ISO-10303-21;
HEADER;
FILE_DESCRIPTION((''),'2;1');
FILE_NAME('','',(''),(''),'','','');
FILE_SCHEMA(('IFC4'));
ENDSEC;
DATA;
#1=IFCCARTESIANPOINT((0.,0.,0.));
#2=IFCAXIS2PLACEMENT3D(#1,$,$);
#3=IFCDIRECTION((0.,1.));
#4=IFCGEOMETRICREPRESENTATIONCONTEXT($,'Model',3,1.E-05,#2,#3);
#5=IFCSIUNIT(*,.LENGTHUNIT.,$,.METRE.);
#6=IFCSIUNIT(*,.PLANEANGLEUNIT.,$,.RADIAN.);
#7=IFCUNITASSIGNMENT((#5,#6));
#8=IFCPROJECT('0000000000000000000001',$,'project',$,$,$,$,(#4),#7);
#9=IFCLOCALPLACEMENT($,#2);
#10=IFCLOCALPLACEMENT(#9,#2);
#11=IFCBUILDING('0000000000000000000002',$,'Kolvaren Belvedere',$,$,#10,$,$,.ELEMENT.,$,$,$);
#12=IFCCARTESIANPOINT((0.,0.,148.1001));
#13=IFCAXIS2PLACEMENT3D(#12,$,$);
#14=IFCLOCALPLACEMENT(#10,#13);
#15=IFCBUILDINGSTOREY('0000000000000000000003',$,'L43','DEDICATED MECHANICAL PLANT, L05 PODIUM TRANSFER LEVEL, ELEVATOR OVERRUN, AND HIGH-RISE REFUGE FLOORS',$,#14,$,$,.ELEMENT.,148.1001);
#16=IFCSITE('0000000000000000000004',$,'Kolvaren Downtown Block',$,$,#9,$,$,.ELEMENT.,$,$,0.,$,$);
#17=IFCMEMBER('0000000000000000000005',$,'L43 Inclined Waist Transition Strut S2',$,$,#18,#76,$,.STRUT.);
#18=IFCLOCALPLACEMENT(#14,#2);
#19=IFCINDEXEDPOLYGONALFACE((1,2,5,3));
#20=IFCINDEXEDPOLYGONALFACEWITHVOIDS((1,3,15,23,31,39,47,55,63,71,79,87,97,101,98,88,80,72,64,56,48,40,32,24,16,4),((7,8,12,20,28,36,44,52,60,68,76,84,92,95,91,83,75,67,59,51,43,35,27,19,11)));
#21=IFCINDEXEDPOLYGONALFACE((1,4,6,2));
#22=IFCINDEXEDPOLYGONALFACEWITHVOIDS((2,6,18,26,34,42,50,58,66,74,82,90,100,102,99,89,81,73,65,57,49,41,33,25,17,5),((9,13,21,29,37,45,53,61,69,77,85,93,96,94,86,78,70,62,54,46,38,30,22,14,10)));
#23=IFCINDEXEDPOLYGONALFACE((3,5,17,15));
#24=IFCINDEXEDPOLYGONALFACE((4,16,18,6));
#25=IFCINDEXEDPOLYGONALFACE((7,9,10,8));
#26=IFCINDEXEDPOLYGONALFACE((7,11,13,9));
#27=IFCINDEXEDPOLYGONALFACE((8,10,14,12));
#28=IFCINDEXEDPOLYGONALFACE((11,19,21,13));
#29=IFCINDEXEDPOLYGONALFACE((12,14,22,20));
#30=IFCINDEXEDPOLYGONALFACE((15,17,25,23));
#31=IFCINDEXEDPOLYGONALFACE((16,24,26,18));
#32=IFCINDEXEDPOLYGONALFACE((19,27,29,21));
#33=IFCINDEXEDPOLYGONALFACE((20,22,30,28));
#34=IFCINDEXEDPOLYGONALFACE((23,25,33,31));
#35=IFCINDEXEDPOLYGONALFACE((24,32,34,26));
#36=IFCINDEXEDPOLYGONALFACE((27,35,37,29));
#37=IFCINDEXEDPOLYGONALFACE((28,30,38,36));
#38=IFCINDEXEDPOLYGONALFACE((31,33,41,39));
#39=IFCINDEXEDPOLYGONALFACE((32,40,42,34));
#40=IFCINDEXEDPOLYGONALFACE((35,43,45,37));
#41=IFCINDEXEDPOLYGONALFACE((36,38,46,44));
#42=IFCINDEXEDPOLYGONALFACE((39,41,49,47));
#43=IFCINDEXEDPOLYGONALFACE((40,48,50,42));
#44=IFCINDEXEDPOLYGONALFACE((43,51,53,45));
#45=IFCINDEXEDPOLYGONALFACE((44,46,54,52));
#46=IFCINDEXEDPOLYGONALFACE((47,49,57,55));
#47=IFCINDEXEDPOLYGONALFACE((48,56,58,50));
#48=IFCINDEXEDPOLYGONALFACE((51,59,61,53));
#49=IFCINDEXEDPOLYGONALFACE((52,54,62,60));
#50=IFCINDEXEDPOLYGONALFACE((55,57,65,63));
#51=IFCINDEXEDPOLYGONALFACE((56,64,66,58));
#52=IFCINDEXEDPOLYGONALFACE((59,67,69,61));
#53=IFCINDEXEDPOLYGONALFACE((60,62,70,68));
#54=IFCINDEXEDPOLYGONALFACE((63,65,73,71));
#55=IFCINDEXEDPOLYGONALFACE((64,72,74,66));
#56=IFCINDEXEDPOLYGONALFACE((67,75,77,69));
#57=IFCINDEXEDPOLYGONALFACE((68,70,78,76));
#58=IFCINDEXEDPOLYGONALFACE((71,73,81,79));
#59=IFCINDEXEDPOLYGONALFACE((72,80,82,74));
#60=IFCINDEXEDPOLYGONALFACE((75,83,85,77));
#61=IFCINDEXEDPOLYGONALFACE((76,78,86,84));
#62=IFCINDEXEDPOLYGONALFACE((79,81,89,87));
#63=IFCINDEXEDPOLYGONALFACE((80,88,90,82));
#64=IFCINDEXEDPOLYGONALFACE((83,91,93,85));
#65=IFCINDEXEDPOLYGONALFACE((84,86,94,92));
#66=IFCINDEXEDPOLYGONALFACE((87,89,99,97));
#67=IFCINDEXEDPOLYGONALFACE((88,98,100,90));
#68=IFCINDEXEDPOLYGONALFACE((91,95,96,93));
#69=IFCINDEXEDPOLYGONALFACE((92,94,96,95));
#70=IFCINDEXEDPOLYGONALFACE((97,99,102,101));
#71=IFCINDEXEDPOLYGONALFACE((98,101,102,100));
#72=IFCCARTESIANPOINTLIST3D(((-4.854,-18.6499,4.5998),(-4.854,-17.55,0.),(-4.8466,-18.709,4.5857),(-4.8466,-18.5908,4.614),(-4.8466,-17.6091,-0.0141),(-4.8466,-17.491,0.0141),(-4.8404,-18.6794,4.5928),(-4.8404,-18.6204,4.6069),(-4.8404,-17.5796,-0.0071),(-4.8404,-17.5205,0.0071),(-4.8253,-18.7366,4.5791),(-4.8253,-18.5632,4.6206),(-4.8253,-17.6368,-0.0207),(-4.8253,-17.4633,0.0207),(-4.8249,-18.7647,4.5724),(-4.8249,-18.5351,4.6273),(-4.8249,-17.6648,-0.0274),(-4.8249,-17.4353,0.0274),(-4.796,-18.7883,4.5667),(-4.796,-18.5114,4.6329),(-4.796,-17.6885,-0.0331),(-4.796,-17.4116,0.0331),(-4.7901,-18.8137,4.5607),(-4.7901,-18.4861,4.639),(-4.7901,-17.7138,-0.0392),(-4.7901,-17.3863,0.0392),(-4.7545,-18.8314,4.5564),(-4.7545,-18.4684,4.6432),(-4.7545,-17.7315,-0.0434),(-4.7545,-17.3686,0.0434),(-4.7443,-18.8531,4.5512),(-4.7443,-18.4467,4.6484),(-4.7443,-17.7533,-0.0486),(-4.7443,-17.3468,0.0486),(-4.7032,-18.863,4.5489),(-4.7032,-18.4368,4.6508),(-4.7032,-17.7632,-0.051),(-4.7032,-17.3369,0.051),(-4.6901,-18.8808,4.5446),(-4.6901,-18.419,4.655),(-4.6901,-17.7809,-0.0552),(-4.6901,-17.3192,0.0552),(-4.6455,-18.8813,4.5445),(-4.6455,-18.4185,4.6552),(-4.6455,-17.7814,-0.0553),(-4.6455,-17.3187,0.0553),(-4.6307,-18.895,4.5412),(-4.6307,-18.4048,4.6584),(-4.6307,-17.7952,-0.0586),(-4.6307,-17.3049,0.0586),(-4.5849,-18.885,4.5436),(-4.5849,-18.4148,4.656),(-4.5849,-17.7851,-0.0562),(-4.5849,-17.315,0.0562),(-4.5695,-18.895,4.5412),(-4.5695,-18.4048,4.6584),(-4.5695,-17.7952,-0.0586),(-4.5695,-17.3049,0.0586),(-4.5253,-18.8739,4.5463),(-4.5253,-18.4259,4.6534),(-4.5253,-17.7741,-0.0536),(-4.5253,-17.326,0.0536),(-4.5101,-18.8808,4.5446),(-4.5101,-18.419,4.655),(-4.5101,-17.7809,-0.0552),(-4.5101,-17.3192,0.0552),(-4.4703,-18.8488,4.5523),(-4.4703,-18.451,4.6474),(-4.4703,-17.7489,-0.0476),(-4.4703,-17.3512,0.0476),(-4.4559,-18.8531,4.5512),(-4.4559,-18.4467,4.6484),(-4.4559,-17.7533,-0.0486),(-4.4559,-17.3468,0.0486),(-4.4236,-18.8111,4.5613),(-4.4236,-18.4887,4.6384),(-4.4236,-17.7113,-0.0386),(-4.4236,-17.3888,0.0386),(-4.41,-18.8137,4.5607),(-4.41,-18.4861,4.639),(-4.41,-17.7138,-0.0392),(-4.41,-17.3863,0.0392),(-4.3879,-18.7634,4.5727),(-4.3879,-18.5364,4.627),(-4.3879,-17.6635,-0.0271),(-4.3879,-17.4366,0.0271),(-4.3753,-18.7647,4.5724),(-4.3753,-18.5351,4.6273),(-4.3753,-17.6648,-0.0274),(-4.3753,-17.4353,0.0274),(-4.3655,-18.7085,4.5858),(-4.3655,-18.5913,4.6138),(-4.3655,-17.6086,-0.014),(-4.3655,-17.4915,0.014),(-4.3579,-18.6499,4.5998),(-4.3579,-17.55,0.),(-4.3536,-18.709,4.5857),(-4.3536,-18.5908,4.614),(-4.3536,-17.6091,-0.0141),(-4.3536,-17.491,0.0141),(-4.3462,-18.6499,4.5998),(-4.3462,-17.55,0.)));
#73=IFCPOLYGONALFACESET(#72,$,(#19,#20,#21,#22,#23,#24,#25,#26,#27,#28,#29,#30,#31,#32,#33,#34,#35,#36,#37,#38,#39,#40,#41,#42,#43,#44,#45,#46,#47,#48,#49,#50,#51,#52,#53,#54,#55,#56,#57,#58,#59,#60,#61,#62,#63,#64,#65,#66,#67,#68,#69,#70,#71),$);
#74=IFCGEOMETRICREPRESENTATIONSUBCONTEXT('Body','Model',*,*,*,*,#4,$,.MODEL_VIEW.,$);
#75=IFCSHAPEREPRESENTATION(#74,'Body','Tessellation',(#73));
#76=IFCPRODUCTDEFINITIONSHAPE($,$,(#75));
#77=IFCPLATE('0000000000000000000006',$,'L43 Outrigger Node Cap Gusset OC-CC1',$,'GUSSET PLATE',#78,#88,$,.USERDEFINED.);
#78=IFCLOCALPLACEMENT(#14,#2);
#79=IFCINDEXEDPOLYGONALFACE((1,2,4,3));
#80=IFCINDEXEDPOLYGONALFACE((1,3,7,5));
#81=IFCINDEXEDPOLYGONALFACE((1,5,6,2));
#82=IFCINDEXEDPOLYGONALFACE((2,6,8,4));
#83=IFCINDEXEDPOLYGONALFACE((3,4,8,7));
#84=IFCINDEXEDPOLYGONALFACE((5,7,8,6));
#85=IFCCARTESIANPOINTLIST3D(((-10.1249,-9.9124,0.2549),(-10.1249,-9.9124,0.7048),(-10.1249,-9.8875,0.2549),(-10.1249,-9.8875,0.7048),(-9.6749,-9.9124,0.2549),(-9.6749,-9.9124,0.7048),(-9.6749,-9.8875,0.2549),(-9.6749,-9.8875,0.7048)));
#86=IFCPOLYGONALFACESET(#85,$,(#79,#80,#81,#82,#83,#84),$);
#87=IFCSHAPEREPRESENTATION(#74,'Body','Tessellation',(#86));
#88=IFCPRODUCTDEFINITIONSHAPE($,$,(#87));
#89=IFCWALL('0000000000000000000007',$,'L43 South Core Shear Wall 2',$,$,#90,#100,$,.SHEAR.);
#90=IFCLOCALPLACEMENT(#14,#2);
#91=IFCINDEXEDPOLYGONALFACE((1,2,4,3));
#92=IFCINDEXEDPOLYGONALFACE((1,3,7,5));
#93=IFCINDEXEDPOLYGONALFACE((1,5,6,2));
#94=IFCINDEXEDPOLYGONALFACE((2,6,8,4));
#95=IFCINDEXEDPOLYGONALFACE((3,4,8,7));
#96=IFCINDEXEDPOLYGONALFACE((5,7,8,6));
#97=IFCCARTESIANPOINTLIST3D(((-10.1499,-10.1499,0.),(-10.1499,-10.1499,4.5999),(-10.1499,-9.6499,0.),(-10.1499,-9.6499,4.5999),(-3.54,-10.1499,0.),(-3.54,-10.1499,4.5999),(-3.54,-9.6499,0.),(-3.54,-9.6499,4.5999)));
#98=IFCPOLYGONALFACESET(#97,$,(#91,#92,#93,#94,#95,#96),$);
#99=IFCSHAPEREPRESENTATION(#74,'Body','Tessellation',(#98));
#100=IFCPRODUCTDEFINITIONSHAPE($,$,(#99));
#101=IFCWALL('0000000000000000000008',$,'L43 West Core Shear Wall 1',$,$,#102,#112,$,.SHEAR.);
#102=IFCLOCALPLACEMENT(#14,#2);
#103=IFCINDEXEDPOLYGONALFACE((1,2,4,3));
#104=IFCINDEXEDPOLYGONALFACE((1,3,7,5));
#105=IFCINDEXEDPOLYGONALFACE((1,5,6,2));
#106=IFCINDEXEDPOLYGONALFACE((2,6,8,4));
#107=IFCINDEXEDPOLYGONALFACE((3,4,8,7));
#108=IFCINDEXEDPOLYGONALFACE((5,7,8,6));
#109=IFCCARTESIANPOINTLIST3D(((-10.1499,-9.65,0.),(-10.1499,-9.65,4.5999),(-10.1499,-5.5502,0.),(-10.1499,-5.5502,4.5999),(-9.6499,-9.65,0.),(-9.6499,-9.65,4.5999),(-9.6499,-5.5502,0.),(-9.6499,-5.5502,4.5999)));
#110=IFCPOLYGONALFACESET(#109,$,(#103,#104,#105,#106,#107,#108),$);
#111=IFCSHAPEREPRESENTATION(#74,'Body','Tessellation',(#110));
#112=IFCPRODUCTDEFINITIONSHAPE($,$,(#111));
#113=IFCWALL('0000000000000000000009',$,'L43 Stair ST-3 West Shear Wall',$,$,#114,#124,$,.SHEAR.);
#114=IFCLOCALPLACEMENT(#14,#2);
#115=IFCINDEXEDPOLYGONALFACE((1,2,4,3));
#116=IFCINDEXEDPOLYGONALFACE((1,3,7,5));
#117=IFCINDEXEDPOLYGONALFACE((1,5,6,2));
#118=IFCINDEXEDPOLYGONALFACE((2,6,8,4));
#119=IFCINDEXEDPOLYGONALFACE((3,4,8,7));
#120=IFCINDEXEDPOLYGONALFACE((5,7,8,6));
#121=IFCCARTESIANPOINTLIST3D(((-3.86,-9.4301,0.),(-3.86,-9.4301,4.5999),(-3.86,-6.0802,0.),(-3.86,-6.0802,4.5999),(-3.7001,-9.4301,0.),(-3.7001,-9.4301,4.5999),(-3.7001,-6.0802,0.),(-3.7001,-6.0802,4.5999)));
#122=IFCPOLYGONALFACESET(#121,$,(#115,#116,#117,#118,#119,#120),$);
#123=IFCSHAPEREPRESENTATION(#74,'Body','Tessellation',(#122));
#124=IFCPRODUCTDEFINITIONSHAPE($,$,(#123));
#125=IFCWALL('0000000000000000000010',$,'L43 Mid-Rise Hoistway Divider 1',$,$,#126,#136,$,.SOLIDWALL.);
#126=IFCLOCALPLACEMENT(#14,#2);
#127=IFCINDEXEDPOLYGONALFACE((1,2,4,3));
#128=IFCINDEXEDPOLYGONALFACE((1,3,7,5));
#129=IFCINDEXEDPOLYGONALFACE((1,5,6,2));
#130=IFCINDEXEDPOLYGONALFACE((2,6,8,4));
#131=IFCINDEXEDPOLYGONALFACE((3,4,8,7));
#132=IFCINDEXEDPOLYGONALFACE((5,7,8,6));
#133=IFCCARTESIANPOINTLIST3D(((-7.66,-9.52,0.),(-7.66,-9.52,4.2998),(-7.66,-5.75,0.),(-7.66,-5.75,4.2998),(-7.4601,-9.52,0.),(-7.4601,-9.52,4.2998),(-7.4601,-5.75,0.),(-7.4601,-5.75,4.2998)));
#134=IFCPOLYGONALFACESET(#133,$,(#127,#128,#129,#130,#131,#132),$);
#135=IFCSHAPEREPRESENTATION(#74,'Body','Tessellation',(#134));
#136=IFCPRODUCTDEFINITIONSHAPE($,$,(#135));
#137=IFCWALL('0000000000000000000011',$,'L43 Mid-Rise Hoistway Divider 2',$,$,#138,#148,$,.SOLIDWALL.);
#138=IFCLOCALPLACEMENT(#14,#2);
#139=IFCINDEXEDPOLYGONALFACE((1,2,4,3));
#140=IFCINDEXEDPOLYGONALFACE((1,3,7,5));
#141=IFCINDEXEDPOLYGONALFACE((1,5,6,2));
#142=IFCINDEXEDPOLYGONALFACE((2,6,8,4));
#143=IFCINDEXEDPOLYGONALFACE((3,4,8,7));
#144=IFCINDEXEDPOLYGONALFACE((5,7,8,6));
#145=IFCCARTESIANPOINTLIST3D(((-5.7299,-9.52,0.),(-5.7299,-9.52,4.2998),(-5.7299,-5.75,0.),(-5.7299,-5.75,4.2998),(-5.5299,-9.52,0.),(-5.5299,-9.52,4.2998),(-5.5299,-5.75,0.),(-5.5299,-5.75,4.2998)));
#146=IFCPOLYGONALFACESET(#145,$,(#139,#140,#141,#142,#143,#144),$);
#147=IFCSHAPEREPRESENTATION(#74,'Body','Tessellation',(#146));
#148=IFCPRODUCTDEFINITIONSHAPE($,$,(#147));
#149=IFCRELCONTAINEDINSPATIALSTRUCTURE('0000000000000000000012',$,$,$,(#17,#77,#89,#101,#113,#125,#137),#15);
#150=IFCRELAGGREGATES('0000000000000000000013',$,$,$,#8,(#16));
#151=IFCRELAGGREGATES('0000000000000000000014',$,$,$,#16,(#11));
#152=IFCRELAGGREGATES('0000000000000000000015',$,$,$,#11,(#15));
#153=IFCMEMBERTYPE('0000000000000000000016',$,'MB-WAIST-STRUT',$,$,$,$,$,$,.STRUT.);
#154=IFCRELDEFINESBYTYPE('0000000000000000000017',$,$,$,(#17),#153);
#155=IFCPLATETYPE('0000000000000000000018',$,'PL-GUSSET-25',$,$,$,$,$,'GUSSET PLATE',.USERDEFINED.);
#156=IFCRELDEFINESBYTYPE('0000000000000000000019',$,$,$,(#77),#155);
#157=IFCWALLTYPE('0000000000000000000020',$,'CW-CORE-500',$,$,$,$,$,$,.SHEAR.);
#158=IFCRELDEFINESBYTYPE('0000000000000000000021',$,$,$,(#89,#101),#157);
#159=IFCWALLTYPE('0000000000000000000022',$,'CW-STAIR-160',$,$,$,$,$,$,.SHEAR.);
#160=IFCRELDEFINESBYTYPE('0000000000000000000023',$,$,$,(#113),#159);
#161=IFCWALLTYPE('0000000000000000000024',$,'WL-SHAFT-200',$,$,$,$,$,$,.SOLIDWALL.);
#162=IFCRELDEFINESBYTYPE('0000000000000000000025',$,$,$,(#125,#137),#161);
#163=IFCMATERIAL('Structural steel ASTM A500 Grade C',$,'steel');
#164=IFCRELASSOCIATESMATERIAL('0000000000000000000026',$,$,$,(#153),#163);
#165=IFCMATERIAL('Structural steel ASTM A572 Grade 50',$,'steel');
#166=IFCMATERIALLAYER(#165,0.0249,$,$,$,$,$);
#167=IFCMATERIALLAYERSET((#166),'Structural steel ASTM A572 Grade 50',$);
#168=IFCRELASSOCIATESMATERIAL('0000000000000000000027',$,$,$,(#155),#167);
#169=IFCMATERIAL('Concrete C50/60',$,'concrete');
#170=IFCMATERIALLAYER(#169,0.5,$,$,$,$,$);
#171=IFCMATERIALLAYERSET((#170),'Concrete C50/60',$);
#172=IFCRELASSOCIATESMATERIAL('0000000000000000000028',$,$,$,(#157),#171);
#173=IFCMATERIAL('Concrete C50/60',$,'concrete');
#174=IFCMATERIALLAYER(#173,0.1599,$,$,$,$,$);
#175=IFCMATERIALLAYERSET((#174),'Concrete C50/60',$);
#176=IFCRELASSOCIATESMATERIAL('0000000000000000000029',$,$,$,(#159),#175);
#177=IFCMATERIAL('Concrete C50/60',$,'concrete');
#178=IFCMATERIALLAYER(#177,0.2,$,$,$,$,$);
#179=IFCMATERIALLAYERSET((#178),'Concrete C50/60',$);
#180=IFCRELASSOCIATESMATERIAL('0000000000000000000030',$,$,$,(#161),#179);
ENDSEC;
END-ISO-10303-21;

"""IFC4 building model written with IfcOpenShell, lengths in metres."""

from ifc_helpers import new_model, si_unit, direction, frame, frame_2d, origin, origin_2d, place, context, subcontext, project, spatial, rectangle, hollow_circle, extrude, material, layer, layer_set, material_profile, profile_set, type_object, element, save


model = new_model("IFC4")

# Units and contexts
model_context = context("Model", 3, precision=1e-05, world=origin(), true_north=direction((0.0, 1.0)))
body_context = subcontext(model_context, "Body", "Model", "MODEL_VIEW")
ifc_project = project(units=[si_unit("LENGTHUNIT", "METRE"), si_unit("PLANEANGLEUNIT", "RADIAN")], contexts=[model_context])

# Site, building, storey
site_placement = place(None, origin())
site = spatial("IfcSite", under=ifc_project, at=site_placement, Name="Kolvaren Downtown Block", CompositionType="ELEMENT", RefElevation=0.0)
building_placement = place(site_placement, origin())
building = spatial("IfcBuilding", under=site, at=building_placement, Name="Kolvaren Belvedere", CompositionType="ELEMENT")
storey_placement = place(building_placement, frame((0.0, 0.0, 148.1001)))
storey = spatial("IfcBuildingStorey", under=building, at=storey_placement, Name="L43", Description="DEDICATED MECHANICAL PLANT, L05 PODIUM TRANSFER LEVEL, ELEVATOR OVERRUN, AND HIGH-RISE REFUGE FLOORS", CompositionType="ELEMENT", Elevation=148.1001)

# Member
ifc_material_1 = material(Name="Structural steel ASTM A500 Grade C", Category="steel")
ifc_material_profile_1 = material_profile(ifc_material_1, hollow_circle(Radius=0.2539, WallThickness=0.0117, at=origin_2d()), Name="HSS20.000X0.500")
ifc_profile_set_1 = profile_set([ifc_material_profile_1], Name="Structural steel ASTM A500 Grade C")
member_type = type_object("IfcMemberType", Name="MB-WAIST-STRUT", PredefinedType="STRUT", material=ifc_profile_set_1)
member_placement = place(storey_placement, frame((-4.6001, -17.55, 0.0), z_axis=(0.0, -0.232551, 0.972584), x_axis=(1.0, 0.0, 0.0)))
element("IfcMember", 1, at=member_placement, inside=storey, type_object=member_type, Name="L43 Inclined Waist Transition Strut S2", PredefinedType="STRUT", context=body_context, shape_type="SweptSolid", body=[
    extrude(hollow_circle(Radius=0.2539, WallThickness=0.0117, at=origin_2d()), origin(), (0.0, 0.0, 1.0), 4.7295),
])

# Plate
ifc_material_2 = material(Name="Structural steel ASTM A572 Grade 50", Category="steel")
ifc_layer_1 = layer(ifc_material_2, 0.0249)
ifc_layer_set_1 = layer_set([ifc_layer_1], Name="Structural steel ASTM A572 Grade 50")
plate_type = type_object("IfcPlateType", Name="PL-GUSSET-25", ElementType="GUSSET PLATE", PredefinedType="USERDEFINED", material=ifc_layer_set_1)
plate_placement = place(storey_placement, frame((-9.8999, -9.8999, 0.2549), z_axis=(0.0, 0.0, 1.0), x_axis=(1.0, 0.0, 0.0)))
element("IfcPlate", 2, at=plate_placement, inside=storey, type_object=plate_type, Name="L43 Outrigger Node Cap Gusset OC-CC1", ObjectType="GUSSET PLATE", PredefinedType="USERDEFINED", context=body_context, shape_type="SweptSolid", body=[
    extrude(rectangle(XDim=0.45, YDim=0.0249, at=origin_2d()), origin(), (0.0, 0.0, 1.0), 0.45),
])

# Walls
ifc_material_3 = material(Name="Concrete C50/60", Category="concrete")
ifc_layer_2 = layer(ifc_material_3, 0.5)
ifc_layer_set_2 = layer_set([ifc_layer_2], Name="Concrete C50/60")
wall_type_1 = type_object("IfcWallType", Name="CW-CORE-500", PredefinedType="SHEAR", material=ifc_layer_set_2)
wall_1_placement = place(storey_placement, frame((-3.54, -9.8999, 0.0), z_axis=(0.0, 0.0, 1.0), x_axis=(-1.0, 0.0, 0.0)))
element("IfcWall", 3, at=wall_1_placement, inside=storey, type_object=wall_type_1, Name="L43 South Core Shear Wall 2", PredefinedType="SHEAR", context=body_context, shape_type="SweptSolid", body=[
    extrude(rectangle(XDim=6.6099, YDim=0.5, at=frame_2d((3.3049, 0.0))), origin(), (0.0, 0.0, 1.0), 4.5999),
])
wall_2_placement = place(storey_placement, frame((-9.8999, -9.6499, 0.0), z_axis=(0.0, 0.0, 1.0), x_axis=(0.0, 1.0, 0.0)))
element("IfcWall", 4, at=wall_2_placement, inside=storey, type_object=wall_type_1, Name="L43 West Core Shear Wall 1", PredefinedType="SHEAR", context=body_context, shape_type="SweptSolid", body=[
    extrude(rectangle(XDim=4.0999, YDim=0.5, at=frame_2d((2.0498, 0.0))), origin(), (0.0, 0.0, 1.0), 4.5999),
])
ifc_material_4 = material(Name="Concrete C50/60", Category="concrete")
ifc_layer_3 = layer(ifc_material_4, 0.1599)
ifc_layer_set_3 = layer_set([ifc_layer_3], Name="Concrete C50/60")
wall_type_2 = type_object("IfcWallType", Name="CW-STAIR-160", PredefinedType="SHEAR", material=ifc_layer_set_3)
wall_3_placement = place(storey_placement, frame((-3.78, -9.4299, 0.0), z_axis=(0.0, 0.0, 1.0), x_axis=(0.0, 1.0, 0.0)))
element("IfcWall", 5, at=wall_3_placement, inside=storey, type_object=wall_type_2, Name="L43 Stair ST-3 West Shear Wall", PredefinedType="SHEAR", context=body_context, shape_type="SweptSolid", body=[
    extrude(rectangle(XDim=3.3499, YDim=0.1599, at=frame_2d((1.6748, 0.0))), origin(), (0.0, 0.0, 1.0), 4.5999),
])
ifc_material_5 = material(Name="Concrete C50/60", Category="concrete")
ifc_layer_4 = layer(ifc_material_5, 0.2)
ifc_layer_set_4 = layer_set([ifc_layer_4], Name="Concrete C50/60")
wall_type_3 = type_object("IfcWallType", Name="WL-SHAFT-200", PredefinedType="SOLIDWALL", material=ifc_layer_set_4)
for number, where, z_axis, x_axis, name in (
    (6, (-7.5601, -9.52, 0.0), (0.0, 0.0, 1.0), (0.0, 1.0, 0.0), "L43 Mid-Rise Hoistway Divider 1"),
    (7, (-5.6299, -9.52, 0.0), (0.0, 0.0, 1.0), (0.0, 1.0, 0.0), "L43 Mid-Rise Hoistway Divider 2"),
):
    element("IfcWall", number, at=place(storey_placement, frame(where, z_axis=z_axis, x_axis=x_axis)), inside=storey, type_object=wall_type_3, Name=name, PredefinedType="SOLIDWALL", context=body_context, shape_type="SweptSolid", body=[
        extrude(rectangle(XDim=3.77, YDim=0.2, at=frame_2d((1.885, 0.0))), origin(), (0.0, 0.0, 1.0), 4.2998),
    ])

save(model, "model.ifc")
